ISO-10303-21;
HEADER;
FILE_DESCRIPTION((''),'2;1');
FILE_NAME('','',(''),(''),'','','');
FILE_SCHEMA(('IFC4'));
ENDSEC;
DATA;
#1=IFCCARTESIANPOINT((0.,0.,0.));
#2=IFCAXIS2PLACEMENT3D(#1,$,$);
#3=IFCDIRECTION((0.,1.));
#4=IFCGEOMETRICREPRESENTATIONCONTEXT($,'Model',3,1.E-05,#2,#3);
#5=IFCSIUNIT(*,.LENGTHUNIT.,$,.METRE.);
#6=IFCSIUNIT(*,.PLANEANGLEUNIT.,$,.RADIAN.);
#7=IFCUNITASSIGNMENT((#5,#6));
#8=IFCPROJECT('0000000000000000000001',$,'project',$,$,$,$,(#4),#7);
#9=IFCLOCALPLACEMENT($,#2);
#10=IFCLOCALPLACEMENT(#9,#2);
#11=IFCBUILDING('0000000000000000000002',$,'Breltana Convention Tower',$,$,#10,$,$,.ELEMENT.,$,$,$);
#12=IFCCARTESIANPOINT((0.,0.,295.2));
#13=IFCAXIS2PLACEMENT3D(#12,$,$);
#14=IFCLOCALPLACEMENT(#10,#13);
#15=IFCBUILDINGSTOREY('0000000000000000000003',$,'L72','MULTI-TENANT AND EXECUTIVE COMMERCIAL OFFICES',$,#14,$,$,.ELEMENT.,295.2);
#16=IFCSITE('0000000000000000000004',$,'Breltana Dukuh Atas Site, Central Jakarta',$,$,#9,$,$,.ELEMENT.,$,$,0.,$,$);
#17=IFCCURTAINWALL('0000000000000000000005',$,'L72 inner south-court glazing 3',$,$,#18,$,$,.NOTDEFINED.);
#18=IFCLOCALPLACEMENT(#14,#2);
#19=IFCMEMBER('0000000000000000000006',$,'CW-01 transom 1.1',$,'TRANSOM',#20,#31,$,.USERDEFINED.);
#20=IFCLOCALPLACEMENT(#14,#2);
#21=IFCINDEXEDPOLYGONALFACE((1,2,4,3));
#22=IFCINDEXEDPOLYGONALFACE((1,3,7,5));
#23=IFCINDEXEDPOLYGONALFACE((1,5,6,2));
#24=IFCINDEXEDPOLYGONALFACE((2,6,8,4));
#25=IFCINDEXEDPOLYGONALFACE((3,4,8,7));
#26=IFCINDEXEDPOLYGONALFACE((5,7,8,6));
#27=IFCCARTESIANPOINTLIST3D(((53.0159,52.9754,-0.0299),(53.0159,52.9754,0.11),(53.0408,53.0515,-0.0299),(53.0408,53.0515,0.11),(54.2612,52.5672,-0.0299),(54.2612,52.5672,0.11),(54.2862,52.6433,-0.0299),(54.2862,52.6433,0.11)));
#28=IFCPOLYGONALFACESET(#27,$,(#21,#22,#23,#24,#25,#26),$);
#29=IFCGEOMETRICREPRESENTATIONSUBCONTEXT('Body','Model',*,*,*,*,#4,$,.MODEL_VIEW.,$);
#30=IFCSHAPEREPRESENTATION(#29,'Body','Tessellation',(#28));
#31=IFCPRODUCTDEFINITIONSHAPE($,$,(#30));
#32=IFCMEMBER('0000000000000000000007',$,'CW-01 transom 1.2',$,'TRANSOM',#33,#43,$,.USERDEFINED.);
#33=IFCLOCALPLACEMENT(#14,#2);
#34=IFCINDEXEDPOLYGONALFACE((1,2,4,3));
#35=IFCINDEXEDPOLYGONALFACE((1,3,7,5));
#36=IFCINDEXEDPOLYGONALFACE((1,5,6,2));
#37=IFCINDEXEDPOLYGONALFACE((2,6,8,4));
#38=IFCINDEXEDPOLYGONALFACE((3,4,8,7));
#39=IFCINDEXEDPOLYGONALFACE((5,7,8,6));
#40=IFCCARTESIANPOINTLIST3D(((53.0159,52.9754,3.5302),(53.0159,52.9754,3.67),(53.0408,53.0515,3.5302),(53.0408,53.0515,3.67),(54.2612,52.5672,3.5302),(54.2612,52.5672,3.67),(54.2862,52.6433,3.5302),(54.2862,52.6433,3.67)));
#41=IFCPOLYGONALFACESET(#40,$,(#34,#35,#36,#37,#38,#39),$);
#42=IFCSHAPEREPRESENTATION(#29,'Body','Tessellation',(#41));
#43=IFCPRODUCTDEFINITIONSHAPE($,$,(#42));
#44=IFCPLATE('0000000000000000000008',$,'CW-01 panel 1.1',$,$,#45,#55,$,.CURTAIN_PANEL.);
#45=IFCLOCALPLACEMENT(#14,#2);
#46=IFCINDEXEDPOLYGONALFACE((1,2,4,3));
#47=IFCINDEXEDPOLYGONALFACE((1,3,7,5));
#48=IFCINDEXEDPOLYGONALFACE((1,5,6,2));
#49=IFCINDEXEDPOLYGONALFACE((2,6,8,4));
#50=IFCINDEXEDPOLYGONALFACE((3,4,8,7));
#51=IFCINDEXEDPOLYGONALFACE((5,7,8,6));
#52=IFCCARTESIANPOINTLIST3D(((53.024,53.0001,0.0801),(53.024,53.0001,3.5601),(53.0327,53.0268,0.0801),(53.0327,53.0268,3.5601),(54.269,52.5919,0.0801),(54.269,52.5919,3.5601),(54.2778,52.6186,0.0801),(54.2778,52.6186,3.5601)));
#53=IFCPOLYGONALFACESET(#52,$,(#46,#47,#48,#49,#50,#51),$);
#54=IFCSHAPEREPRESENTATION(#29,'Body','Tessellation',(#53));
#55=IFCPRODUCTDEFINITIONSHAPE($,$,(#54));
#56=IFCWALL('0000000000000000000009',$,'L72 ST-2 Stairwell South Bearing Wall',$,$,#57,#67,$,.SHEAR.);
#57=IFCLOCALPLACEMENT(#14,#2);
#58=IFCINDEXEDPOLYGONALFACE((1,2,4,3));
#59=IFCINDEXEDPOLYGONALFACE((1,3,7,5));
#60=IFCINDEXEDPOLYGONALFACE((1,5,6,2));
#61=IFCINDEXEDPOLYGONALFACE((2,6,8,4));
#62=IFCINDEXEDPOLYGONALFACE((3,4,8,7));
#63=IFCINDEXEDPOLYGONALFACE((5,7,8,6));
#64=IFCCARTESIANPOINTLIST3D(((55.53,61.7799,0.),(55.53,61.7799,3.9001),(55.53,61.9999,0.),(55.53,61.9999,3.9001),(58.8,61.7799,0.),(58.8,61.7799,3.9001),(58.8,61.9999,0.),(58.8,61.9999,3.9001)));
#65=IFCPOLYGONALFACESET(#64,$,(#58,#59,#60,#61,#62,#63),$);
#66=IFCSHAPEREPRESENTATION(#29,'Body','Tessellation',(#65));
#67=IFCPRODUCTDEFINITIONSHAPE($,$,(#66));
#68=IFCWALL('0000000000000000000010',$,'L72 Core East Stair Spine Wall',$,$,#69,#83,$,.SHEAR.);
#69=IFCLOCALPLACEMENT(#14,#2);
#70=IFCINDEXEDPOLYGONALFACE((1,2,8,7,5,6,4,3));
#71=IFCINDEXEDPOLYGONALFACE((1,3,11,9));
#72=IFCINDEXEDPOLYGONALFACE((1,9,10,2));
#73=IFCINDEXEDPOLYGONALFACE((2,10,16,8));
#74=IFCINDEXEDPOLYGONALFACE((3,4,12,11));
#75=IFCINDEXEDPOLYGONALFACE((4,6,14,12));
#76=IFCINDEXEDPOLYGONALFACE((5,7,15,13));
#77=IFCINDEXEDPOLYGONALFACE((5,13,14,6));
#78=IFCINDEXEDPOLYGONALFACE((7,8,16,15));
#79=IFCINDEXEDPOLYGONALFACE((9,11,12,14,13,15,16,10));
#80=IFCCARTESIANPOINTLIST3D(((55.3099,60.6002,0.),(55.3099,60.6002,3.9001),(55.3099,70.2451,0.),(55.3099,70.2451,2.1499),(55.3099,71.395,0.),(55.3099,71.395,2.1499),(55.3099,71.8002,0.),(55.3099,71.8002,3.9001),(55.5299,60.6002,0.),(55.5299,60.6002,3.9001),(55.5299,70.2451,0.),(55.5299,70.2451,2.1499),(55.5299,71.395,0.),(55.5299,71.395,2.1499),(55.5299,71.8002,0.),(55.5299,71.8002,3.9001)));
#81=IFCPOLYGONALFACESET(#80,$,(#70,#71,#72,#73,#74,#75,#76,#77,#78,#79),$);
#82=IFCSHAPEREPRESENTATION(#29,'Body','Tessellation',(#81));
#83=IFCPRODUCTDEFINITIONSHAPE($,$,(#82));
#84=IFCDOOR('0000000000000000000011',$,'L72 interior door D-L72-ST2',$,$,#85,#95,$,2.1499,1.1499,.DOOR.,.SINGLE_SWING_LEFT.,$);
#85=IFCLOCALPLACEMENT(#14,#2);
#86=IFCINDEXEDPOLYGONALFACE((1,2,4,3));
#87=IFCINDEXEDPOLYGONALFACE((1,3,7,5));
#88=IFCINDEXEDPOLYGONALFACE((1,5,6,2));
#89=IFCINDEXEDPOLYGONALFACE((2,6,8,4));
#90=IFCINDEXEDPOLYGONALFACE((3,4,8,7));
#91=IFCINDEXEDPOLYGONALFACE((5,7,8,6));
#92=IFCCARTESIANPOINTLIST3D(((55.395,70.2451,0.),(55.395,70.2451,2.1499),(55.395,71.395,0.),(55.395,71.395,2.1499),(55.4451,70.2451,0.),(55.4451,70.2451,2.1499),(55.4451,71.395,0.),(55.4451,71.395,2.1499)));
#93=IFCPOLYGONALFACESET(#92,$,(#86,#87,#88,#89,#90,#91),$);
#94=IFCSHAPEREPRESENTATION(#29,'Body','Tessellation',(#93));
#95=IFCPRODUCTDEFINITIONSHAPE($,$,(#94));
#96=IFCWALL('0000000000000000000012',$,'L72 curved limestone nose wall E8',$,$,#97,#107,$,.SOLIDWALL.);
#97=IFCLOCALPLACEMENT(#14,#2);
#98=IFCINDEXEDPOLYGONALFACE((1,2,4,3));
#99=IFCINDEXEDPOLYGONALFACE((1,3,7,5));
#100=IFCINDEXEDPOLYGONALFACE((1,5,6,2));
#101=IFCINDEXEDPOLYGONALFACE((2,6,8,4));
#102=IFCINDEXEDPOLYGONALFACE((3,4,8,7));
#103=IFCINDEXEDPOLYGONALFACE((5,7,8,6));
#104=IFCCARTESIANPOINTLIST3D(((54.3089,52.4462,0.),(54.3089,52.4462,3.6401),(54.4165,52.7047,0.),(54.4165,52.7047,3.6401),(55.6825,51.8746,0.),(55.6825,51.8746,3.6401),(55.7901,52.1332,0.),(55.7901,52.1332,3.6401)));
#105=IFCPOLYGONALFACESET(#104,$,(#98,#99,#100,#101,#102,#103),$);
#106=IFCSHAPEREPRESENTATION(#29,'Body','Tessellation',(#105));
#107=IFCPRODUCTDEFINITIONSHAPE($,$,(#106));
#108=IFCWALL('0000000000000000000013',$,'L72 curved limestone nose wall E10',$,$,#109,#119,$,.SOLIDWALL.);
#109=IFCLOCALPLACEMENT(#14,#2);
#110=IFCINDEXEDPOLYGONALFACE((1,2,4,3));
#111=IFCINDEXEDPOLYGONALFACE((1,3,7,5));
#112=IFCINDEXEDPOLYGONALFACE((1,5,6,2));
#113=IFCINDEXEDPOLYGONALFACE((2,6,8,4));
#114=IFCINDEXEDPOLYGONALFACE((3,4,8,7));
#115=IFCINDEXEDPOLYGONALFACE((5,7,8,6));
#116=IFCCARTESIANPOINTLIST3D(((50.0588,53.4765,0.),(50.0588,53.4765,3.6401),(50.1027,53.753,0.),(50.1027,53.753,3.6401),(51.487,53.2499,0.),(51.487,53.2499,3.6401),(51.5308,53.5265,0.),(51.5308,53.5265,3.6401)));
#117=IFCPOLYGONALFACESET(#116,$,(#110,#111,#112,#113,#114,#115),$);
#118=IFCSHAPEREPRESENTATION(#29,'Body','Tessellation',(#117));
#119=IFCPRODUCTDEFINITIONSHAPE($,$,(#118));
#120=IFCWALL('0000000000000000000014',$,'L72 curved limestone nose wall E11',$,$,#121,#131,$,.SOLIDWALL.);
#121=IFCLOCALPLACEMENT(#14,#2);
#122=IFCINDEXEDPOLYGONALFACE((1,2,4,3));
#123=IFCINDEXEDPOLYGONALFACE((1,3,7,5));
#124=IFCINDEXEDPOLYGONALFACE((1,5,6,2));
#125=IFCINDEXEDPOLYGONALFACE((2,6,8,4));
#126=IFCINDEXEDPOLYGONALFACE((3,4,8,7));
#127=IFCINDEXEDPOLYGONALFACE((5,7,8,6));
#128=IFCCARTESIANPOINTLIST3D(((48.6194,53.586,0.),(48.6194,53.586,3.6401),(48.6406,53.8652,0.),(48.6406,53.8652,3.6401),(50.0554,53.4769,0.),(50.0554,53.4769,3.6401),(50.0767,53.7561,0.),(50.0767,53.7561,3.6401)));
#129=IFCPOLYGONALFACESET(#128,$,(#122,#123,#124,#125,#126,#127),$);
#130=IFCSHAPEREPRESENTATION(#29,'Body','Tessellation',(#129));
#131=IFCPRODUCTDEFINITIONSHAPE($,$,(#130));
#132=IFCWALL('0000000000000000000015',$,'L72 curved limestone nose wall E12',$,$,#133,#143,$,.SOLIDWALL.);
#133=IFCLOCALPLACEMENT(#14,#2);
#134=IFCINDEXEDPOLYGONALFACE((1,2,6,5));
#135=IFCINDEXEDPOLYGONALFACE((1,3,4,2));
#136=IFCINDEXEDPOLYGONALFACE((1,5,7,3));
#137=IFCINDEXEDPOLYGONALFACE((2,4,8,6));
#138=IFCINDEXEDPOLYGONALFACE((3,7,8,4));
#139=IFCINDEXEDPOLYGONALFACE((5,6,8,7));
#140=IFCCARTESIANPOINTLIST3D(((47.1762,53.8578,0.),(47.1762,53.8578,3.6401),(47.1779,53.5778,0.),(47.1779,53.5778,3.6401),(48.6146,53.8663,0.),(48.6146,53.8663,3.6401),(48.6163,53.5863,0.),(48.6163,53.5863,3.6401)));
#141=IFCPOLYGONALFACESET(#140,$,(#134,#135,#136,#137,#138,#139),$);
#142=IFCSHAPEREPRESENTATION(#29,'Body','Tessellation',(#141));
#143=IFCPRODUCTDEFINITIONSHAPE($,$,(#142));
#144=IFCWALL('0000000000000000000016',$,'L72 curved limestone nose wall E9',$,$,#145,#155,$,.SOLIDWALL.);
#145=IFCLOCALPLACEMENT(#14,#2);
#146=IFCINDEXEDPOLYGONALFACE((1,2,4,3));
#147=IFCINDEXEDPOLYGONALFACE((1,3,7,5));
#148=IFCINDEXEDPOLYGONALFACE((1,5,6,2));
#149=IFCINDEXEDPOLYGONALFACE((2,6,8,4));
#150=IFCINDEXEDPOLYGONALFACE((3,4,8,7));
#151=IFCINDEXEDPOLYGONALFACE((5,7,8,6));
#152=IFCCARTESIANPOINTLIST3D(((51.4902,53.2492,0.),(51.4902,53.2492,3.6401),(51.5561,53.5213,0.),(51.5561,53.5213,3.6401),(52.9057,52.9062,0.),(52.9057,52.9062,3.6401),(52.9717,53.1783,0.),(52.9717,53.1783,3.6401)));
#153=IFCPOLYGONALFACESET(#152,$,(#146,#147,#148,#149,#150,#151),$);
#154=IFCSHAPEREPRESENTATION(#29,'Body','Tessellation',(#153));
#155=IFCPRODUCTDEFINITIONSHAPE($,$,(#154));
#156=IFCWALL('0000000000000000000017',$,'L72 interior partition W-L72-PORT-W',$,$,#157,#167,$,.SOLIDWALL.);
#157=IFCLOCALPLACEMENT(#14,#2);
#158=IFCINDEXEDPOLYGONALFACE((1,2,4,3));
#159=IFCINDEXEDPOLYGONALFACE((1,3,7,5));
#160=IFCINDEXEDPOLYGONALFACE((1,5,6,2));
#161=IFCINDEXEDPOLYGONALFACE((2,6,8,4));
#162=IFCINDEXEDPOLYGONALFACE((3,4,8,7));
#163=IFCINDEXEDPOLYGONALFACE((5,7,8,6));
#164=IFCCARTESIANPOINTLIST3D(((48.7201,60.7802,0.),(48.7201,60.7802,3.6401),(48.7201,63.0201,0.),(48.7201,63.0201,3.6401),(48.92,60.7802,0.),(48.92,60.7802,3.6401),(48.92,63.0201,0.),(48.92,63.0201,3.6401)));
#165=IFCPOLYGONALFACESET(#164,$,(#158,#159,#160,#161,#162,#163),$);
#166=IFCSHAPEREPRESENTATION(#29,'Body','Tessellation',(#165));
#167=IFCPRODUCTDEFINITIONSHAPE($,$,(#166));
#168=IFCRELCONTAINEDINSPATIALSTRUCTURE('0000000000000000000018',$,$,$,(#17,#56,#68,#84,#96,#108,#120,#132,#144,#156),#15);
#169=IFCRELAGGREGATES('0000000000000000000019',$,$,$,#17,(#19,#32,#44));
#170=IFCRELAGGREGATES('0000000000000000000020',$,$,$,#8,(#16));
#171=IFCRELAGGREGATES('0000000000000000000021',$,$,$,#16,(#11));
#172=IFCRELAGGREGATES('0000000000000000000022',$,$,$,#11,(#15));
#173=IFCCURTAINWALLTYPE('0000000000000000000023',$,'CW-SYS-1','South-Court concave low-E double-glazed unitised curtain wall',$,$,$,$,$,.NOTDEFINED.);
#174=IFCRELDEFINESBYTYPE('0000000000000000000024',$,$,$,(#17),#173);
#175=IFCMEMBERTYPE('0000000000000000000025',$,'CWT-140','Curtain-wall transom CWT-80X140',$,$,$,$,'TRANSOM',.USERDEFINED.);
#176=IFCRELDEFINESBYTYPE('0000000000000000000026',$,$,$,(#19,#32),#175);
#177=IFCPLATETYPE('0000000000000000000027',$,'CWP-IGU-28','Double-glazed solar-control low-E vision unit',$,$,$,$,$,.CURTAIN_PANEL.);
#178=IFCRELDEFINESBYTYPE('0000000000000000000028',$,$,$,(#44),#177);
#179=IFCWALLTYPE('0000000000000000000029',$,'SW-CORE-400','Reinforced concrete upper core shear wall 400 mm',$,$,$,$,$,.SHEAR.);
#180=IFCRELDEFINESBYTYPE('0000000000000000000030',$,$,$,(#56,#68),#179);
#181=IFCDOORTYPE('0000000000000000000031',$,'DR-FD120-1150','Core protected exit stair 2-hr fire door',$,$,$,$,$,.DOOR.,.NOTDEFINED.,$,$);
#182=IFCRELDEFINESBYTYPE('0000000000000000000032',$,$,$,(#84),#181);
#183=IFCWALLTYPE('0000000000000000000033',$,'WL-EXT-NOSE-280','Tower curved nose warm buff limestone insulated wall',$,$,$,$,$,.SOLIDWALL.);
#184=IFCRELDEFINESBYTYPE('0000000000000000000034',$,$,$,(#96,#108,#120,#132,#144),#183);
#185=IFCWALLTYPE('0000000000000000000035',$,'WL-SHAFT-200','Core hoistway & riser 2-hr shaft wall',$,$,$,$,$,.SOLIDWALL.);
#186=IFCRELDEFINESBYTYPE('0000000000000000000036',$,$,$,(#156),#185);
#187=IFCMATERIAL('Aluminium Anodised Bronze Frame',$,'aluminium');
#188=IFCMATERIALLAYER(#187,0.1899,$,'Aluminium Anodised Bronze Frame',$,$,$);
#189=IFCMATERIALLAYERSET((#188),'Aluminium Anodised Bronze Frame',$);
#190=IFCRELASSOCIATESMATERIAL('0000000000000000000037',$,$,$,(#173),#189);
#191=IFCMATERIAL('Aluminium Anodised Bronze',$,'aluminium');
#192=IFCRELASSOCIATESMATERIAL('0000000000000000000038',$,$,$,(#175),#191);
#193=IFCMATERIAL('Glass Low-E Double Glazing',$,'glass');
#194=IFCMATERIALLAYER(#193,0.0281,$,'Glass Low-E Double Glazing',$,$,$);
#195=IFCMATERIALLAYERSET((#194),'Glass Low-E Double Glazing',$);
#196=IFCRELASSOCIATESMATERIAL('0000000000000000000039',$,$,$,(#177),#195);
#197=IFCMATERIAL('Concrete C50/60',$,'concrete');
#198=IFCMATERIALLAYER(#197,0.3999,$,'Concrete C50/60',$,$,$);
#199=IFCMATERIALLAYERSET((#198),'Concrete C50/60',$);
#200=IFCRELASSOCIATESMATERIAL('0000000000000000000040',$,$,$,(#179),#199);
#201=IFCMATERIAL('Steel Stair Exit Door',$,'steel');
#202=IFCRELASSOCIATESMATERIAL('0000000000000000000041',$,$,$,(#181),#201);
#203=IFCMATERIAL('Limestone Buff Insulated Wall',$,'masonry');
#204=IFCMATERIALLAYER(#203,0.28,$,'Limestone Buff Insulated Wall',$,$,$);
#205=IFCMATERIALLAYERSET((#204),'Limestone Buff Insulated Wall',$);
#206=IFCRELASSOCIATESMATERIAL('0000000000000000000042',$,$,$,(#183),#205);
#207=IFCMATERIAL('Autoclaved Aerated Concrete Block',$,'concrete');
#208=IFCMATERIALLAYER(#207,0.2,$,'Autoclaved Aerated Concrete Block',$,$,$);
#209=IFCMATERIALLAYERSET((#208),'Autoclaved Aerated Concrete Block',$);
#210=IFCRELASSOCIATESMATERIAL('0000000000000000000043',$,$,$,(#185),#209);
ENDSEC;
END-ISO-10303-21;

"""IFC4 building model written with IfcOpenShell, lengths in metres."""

from ifc_helpers import new_model, si_unit, direction, frame, frame_2d, origin, origin_2d, place, context, subcontext, project, spatial, rectangle, extrude, source, transform, mapped, material, layer, layer_set, material_profile, profile_set, type_object, type_shapes, element, fill, aggregate, save


model = new_model("IFC4")

# Units and contexts
model_context = context("Model", 3, precision=1e-05, world=origin(), true_north=direction((0.0, 1.0)))
body_context = subcontext(model_context, "Body", "Model", "MODEL_VIEW")
ifc_project = project(units=[si_unit("LENGTHUNIT", "METRE"), si_unit("PLANEANGLEUNIT", "RADIAN")], contexts=[model_context])

# Site, building, storey
site_placement = place(None, origin())
site = spatial("IfcSite", under=ifc_project, at=site_placement, Name="Breltana Dukuh Atas Site, Central Jakarta", CompositionType="ELEMENT", RefElevation=0.0)
building_placement = place(site_placement, origin())
building = spatial("IfcBuilding", under=site, at=building_placement, Name="Breltana Convention Tower", CompositionType="ELEMENT")
storey_placement = place(building_placement, frame((0.0, 0.0, 295.2)))
storey = spatial("IfcBuildingStorey", under=building, at=storey_placement, Name="L72", Description="MULTI-TENANT AND EXECUTIVE COMMERCIAL OFFICES", CompositionType="ELEMENT", Elevation=295.2)

# Curtain wall
ifc_material_1 = material(Name="Aluminium Anodised Bronze Frame", Category="aluminium")
ifc_layer_1 = layer(ifc_material_1, 0.1899, Name="Aluminium Anodised Bronze Frame")
ifc_layer_set_1 = layer_set([ifc_layer_1], Name="Aluminium Anodised Bronze Frame")
curtain_wall_type = type_object("IfcCurtainWallType", Name="CW-SYS-1", Description="South-Court concave low-E double-glazed unitised curtain wall", PredefinedType="NOTDEFINED", material=ifc_layer_set_1)
curtain_wall_1_placement = place(storey_placement, origin())
curtain_wall_1 = element("IfcCurtainWall", 1, at=curtain_wall_1_placement, inside=storey, type_object=curtain_wall_type, Name="L72 inner south-court glazing 3", PredefinedType="NOTDEFINED")
ifc_material_2 = material(Name="Aluminium Anodised Bronze", Category="aluminium")

# Members
ifc_material_profile_1 = material_profile(ifc_material_2, rectangle(XDim=0.0801, YDim=0.1399, at=origin_2d()), Name="CWT-80X140")
ifc_profile_set_1 = profile_set([ifc_material_profile_1], Name="Aluminium Anodised Bronze")
member_type_1 = type_object("IfcMemberType", Name="CWT-140", Description="Curtain-wall transom CWT-80X140", ElementType="TRANSOM", PredefinedType="USERDEFINED", material=ifc_profile_set_1)
shared_shape_1 = source(origin(), body_context, "Body", "SweptSolid", [
    extrude(rectangle(XDim=0.0801, YDim=0.1399, at=origin_2d()), origin(), (0.0, 0.0, 1.0), 1.3105),
])
member_1_placement = place(storey_placement, frame((54.2737, 52.6052, 0.04), z_axis=(-0.950255, 0.311473, 0.0), x_axis=(-0.311473, -0.950255, 0.0)))
member_1 = element("IfcMember", 2, at=member_1_placement, type_object=member_type_1, Name="CW-01 transom 1.1", ObjectType="TRANSOM", PredefinedType="USERDEFINED", context=body_context, shape_type="MappedRepresentation", body=[
    mapped(shared_shape_1, transform((0.0, 0.0, 0.0), scale=1.0)),
])
member_2_placement = place(storey_placement, frame((54.2737, 52.6052, 3.6001), z_axis=(-0.950255, 0.311473, 0.0), x_axis=(-0.311473, -0.950255, 0.0)))
member_2 = element("IfcMember", 3, at=member_2_placement, type_object=member_type_1, Name="CW-01 transom 1.2", ObjectType="TRANSOM", PredefinedType="USERDEFINED", context=body_context, shape_type="MappedRepresentation", body=[
    mapped(shared_shape_1, transform((0.0, 0.0, 0.0), scale=1.0)),
])

# Plate
ifc_material_3 = material(Name="Glass Low-E Double Glazing", Category="glass")
ifc_layer_2 = layer(ifc_material_3, 0.0281, Name="Glass Low-E Double Glazing")
ifc_layer_set_2 = layer_set([ifc_layer_2], Name="Glass Low-E Double Glazing")
plate_type = type_object("IfcPlateType", Name="CWP-IGU-28", Description="Double-glazed solar-control low-E vision unit", PredefinedType="CURTAIN_PANEL", material=ifc_layer_set_2)
shared_shape_2 = source(origin(), body_context, "Body", "SweptSolid", [
    extrude(rectangle(XDim=1.3103, YDim=0.0281, at=origin_2d()), origin(), (0.0, 0.0, 1.0), 3.48),
])
plate_placement = place(storey_placement, frame((53.6509, 52.8093, 0.0801), z_axis=(0.0, 0.0, 1.0), x_axis=(-0.950229, 0.311552, 0.0)))
plate = element("IfcPlate", 4, at=plate_placement, type_object=plate_type, Name="CW-01 panel 1.1", PredefinedType="CURTAIN_PANEL", context=body_context, shape_type="MappedRepresentation", body=[
    mapped(shared_shape_2, transform((0.0, 0.0, 0.0), scale=1.0)),
])
aggregate(curtain_wall_1, [member_1, member_2, plate])

# Wall
ifc_material_4 = material(Name="Concrete C50/60", Category="concrete")
ifc_layer_3 = layer(ifc_material_4, 0.3999, Name="Concrete C50/60")
ifc_layer_set_3 = layer_set([ifc_layer_3], Name="Concrete C50/60")
wall_type_1 = type_object("IfcWallType", Name="SW-CORE-400", Description="Reinforced concrete upper core shear wall 400 mm", PredefinedType="SHEAR", material=ifc_layer_set_3)
shared_shape_3 = source(origin(), body_context, "Body", "SweptSolid", [
    extrude(rectangle(XDim=3.27, YDim=0.22, at=frame_2d((1.635, 0.0))), origin(), (0.0, 0.0, 1.0), 3.9001),
])
wall_1_placement = place(storey_placement, frame((55.53, 61.8899, 0.0), z_axis=(0.0, 0.0, 1.0), x_axis=(1.0, 0.0, 0.0)))
element("IfcWall", 5, at=wall_1_placement, inside=storey, type_object=wall_type_1, Name="L72 ST-2 Stairwell South Bearing Wall", PredefinedType="SHEAR", context=body_context, shape_type="MappedRepresentation", body=[
    mapped(shared_shape_3, transform((0.0, 0.0, 0.0), scale=1.0)),
])

# Wall, opening, door
shared_shape_4 = source(origin(), body_context, "Body", "SweptSolid", [
    extrude(rectangle(XDim=11.2, YDim=0.22, at=frame_2d((5.6001, 0.0))), origin(), (0.0, 0.0, 1.0), 3.9001),
])
wall_2_placement = place(storey_placement, frame((55.4199, 60.6001, 0.0), z_axis=(0.0, 0.0, 1.0), x_axis=(0.0, 1.0, 0.0)))
wall_2 = element("IfcWall", 6, at=wall_2_placement, inside=storey, type_object=wall_type_1, Name="L72 Core East Stair Spine Wall", PredefinedType="SHEAR", context=body_context, shape_type="MappedRepresentation", body=[
    mapped(shared_shape_4, transform((0.0, 0.0, 0.0), scale=1.0)),
])
opening_1_placement = place(wall_2_placement, frame((9.645, 0.0, 0.0)))
opening_1 = element("IfcOpeningElement", 7, at=opening_1_placement, cuts=wall_2, PredefinedType="OPENING", context=body_context, shape_type="SweptSolid", body=[
    extrude(rectangle(XDim=1.1499, YDim=2.1499, at=frame_2d((0.575, 1.075))), frame((0.0, 0.1201, 0.0), z_axis=(0.0, -1.0, 0.0), x_axis=(1.0, 0.0, 0.0)), (0.0, 0.0, 1.0), 0.24),
])
ifc_material_5 = material(Name="Steel Stair Exit Door", Category="steel")
door_type_1 = type_object("IfcDoorType", Name="DR-FD120-1150", Description="Core protected exit stair 2-hr fire door", OperationType="NOTDEFINED", PredefinedType="DOOR", material=ifc_material_5)
shared_shape_5 = source(origin(), body_context, "Body", "SweptSolid", [
    extrude(rectangle(XDim=1.1499, YDim=2.1499, at=frame_2d((0.575, 1.075))), frame((0.0, 0.0249, 0.0), z_axis=(0.0, -1.0, 0.0), x_axis=(1.0, 0.0, 0.0)), (0.0, 0.0, 1.0), 0.05),
])
type_shapes(door_type_1, [shared_shape_5])
door_1_placement = place(opening_1_placement, origin())
door_1 = element("IfcDoor", 8, at=door_1_placement, inside=storey, type_object=door_type_1, Name="L72 interior door D-L72-ST2", OperationType="SINGLE_SWING_LEFT", OverallHeight=2.1499, OverallWidth=1.1499, PredefinedType="DOOR", context=body_context, shape_type="MappedRepresentation", body=[
    mapped(shared_shape_5, transform((0.0, 0.0, 0.0), scale=1.0)),
])
fill(opening_1, door_1)

# Walls
ifc_material_6 = material(Name="Limestone Buff Insulated Wall", Category="masonry")
ifc_layer_4 = layer(ifc_material_6, 0.28, Name="Limestone Buff Insulated Wall")
ifc_layer_set_4 = layer_set([ifc_layer_4], Name="Limestone Buff Insulated Wall")
wall_type_2 = type_object("IfcWallType", Name="WL-EXT-NOSE-280", Description="Tower curved nose warm buff limestone insulated wall", PredefinedType="SOLIDWALL", material=ifc_layer_set_4)
shared_shape_6 = source(origin(), body_context, "Body", "SweptSolid", [
    extrude(rectangle(XDim=1.4878, YDim=0.28, at=frame_2d((0.7439, 0.0))), origin(), (0.0, 0.0, 1.0), 3.6401),
])
wall_3_placement = place(storey_placement, frame((55.7363, 52.0039, 0.0), z_axis=(0.0, 0.0, 1.0), x_axis=(-0.923261, 0.384173, 0.0)))
element("IfcWall", 9, at=wall_3_placement, inside=storey, type_object=wall_type_2, Name="L72 curved limestone nose wall E8", PredefinedType="SOLIDWALL", context=body_context, shape_type="MappedRepresentation", body=[
    mapped(shared_shape_6, transform((0.0, 0.0, 0.0), scale=1.0)),
])
shared_shape_7 = source(origin(), body_context, "Body", "SweptSolid", [
    extrude(rectangle(XDim=1.446, YDim=0.28, at=frame_2d((0.7231, 0.0))), origin(), (0.0, 0.0, 1.0), 3.6401),
])
wall_4_placement = place(storey_placement, frame((51.509, 53.3882, 0.0), z_axis=(0.0, 0.0, 1.0), x_axis=(-0.98765, 0.156673, 0.0)))
element("IfcWall", 10, at=wall_4_placement, inside=storey, type_object=wall_type_2, Name="L72 curved limestone nose wall E10", PredefinedType="SOLIDWALL", context=body_context, shape_type="MappedRepresentation", body=[
    mapped(shared_shape_7, transform((0.0, 0.0, 0.0), scale=1.0)),
])
shared_shape_8 = source(origin(), body_context, "Body", "SweptSolid", [
    extrude(rectangle(XDim=1.4402, YDim=0.28, at=frame_2d((0.7202, 0.0))), origin(), (0.0, 0.0, 1.0), 3.6401),
])
wall_5_placement = place(storey_placement, frame((50.0662, 53.6165, 0.0), z_axis=(0.0, 0.0, 1.0), x_axis=(-0.997125, 0.075776, 0.0)))
element("IfcWall", 11, at=wall_5_placement, inside=storey, type_object=wall_type_2, Name="L72 curved limestone nose wall E11", PredefinedType="SOLIDWALL", context=body_context, shape_type="MappedRepresentation", body=[
    mapped(shared_shape_8, transform((0.0, 0.0, 0.0), scale=1.0)),
])
shared_shape_9 = source(origin(), body_context, "Body", "SweptSolid", [
    extrude(rectangle(XDim=1.4385, YDim=0.28, at=frame_2d((0.7192, 0.0))), origin(), (0.0, 0.0, 1.0), 3.6401),
])
wall_6_placement = place(storey_placement, frame((48.6155, 53.7263, 0.0), z_axis=(0.0, 0.0, 1.0), x_axis=(-0.999982, -0.00594, 0.0)))
element("IfcWall", 12, at=wall_6_placement, inside=storey, type_object=wall_type_2, Name="L72 curved limestone nose wall E12", PredefinedType="SOLIDWALL", context=body_context, shape_type="MappedRepresentation", body=[
    mapped(shared_shape_9, transform((0.0, 0.0, 0.0), scale=1.0)),
])
shared_shape_10 = source(origin(), body_context, "Body", "SweptSolid", [
    extrude(rectangle(XDim=1.4565, YDim=0.28, at=frame_2d((0.7283, 0.0))), origin(), (0.0, 0.0, 1.0), 3.6401),
])
wall_7_placement = place(storey_placement, frame((52.9387, 53.0422, 0.0), z_axis=(0.0, 0.0, 1.0), x_axis=(-0.971872, 0.235509, 0.0)))
element("IfcWall", 13, at=wall_7_placement, inside=storey, type_object=wall_type_2, Name="L72 curved limestone nose wall E9", PredefinedType="SOLIDWALL", context=body_context, shape_type="MappedRepresentation", body=[
    mapped(shared_shape_10, transform((0.0, 0.0, 0.0), scale=1.0)),
])
ifc_material_7 = material(Name="Autoclaved Aerated Concrete Block", Category="concrete")
ifc_layer_5 = layer(ifc_material_7, 0.2, Name="Autoclaved Aerated Concrete Block")
ifc_layer_set_5 = layer_set([ifc_layer_5], Name="Autoclaved Aerated Concrete Block")
wall_type_3 = type_object("IfcWallType", Name="WL-SHAFT-200", Description="Core hoistway & riser 2-hr shaft wall", PredefinedType="SOLIDWALL", material=ifc_layer_set_5)
shared_shape_11 = source(origin(), body_context, "Body", "SweptSolid", [
    extrude(rectangle(XDim=2.24, YDim=0.2, at=frame_2d((1.1201, 0.0))), origin(), (0.0, 0.0, 1.0), 3.6401),
])
for number, where, z_axis, x_axis, name in (
    (14, (48.8201, 60.78, 0.0), (0.0, 0.0, 1.0), (0.0, 1.0, 0.0), "L72 interior partition W-L72-PORT-W"),
):
    element("IfcWall", number, at=place(storey_placement, frame(where, z_axis=z_axis, x_axis=x_axis)), inside=storey, type_object=wall_type_3, Name=name, PredefinedType="SOLIDWALL", context=body_context, shape_type="MappedRepresentation", body=[
        mapped(shared_shape_11, transform((0.0, 0.0, 0.0), scale=1.0)),
    ])

save(model, "model.ifc")
